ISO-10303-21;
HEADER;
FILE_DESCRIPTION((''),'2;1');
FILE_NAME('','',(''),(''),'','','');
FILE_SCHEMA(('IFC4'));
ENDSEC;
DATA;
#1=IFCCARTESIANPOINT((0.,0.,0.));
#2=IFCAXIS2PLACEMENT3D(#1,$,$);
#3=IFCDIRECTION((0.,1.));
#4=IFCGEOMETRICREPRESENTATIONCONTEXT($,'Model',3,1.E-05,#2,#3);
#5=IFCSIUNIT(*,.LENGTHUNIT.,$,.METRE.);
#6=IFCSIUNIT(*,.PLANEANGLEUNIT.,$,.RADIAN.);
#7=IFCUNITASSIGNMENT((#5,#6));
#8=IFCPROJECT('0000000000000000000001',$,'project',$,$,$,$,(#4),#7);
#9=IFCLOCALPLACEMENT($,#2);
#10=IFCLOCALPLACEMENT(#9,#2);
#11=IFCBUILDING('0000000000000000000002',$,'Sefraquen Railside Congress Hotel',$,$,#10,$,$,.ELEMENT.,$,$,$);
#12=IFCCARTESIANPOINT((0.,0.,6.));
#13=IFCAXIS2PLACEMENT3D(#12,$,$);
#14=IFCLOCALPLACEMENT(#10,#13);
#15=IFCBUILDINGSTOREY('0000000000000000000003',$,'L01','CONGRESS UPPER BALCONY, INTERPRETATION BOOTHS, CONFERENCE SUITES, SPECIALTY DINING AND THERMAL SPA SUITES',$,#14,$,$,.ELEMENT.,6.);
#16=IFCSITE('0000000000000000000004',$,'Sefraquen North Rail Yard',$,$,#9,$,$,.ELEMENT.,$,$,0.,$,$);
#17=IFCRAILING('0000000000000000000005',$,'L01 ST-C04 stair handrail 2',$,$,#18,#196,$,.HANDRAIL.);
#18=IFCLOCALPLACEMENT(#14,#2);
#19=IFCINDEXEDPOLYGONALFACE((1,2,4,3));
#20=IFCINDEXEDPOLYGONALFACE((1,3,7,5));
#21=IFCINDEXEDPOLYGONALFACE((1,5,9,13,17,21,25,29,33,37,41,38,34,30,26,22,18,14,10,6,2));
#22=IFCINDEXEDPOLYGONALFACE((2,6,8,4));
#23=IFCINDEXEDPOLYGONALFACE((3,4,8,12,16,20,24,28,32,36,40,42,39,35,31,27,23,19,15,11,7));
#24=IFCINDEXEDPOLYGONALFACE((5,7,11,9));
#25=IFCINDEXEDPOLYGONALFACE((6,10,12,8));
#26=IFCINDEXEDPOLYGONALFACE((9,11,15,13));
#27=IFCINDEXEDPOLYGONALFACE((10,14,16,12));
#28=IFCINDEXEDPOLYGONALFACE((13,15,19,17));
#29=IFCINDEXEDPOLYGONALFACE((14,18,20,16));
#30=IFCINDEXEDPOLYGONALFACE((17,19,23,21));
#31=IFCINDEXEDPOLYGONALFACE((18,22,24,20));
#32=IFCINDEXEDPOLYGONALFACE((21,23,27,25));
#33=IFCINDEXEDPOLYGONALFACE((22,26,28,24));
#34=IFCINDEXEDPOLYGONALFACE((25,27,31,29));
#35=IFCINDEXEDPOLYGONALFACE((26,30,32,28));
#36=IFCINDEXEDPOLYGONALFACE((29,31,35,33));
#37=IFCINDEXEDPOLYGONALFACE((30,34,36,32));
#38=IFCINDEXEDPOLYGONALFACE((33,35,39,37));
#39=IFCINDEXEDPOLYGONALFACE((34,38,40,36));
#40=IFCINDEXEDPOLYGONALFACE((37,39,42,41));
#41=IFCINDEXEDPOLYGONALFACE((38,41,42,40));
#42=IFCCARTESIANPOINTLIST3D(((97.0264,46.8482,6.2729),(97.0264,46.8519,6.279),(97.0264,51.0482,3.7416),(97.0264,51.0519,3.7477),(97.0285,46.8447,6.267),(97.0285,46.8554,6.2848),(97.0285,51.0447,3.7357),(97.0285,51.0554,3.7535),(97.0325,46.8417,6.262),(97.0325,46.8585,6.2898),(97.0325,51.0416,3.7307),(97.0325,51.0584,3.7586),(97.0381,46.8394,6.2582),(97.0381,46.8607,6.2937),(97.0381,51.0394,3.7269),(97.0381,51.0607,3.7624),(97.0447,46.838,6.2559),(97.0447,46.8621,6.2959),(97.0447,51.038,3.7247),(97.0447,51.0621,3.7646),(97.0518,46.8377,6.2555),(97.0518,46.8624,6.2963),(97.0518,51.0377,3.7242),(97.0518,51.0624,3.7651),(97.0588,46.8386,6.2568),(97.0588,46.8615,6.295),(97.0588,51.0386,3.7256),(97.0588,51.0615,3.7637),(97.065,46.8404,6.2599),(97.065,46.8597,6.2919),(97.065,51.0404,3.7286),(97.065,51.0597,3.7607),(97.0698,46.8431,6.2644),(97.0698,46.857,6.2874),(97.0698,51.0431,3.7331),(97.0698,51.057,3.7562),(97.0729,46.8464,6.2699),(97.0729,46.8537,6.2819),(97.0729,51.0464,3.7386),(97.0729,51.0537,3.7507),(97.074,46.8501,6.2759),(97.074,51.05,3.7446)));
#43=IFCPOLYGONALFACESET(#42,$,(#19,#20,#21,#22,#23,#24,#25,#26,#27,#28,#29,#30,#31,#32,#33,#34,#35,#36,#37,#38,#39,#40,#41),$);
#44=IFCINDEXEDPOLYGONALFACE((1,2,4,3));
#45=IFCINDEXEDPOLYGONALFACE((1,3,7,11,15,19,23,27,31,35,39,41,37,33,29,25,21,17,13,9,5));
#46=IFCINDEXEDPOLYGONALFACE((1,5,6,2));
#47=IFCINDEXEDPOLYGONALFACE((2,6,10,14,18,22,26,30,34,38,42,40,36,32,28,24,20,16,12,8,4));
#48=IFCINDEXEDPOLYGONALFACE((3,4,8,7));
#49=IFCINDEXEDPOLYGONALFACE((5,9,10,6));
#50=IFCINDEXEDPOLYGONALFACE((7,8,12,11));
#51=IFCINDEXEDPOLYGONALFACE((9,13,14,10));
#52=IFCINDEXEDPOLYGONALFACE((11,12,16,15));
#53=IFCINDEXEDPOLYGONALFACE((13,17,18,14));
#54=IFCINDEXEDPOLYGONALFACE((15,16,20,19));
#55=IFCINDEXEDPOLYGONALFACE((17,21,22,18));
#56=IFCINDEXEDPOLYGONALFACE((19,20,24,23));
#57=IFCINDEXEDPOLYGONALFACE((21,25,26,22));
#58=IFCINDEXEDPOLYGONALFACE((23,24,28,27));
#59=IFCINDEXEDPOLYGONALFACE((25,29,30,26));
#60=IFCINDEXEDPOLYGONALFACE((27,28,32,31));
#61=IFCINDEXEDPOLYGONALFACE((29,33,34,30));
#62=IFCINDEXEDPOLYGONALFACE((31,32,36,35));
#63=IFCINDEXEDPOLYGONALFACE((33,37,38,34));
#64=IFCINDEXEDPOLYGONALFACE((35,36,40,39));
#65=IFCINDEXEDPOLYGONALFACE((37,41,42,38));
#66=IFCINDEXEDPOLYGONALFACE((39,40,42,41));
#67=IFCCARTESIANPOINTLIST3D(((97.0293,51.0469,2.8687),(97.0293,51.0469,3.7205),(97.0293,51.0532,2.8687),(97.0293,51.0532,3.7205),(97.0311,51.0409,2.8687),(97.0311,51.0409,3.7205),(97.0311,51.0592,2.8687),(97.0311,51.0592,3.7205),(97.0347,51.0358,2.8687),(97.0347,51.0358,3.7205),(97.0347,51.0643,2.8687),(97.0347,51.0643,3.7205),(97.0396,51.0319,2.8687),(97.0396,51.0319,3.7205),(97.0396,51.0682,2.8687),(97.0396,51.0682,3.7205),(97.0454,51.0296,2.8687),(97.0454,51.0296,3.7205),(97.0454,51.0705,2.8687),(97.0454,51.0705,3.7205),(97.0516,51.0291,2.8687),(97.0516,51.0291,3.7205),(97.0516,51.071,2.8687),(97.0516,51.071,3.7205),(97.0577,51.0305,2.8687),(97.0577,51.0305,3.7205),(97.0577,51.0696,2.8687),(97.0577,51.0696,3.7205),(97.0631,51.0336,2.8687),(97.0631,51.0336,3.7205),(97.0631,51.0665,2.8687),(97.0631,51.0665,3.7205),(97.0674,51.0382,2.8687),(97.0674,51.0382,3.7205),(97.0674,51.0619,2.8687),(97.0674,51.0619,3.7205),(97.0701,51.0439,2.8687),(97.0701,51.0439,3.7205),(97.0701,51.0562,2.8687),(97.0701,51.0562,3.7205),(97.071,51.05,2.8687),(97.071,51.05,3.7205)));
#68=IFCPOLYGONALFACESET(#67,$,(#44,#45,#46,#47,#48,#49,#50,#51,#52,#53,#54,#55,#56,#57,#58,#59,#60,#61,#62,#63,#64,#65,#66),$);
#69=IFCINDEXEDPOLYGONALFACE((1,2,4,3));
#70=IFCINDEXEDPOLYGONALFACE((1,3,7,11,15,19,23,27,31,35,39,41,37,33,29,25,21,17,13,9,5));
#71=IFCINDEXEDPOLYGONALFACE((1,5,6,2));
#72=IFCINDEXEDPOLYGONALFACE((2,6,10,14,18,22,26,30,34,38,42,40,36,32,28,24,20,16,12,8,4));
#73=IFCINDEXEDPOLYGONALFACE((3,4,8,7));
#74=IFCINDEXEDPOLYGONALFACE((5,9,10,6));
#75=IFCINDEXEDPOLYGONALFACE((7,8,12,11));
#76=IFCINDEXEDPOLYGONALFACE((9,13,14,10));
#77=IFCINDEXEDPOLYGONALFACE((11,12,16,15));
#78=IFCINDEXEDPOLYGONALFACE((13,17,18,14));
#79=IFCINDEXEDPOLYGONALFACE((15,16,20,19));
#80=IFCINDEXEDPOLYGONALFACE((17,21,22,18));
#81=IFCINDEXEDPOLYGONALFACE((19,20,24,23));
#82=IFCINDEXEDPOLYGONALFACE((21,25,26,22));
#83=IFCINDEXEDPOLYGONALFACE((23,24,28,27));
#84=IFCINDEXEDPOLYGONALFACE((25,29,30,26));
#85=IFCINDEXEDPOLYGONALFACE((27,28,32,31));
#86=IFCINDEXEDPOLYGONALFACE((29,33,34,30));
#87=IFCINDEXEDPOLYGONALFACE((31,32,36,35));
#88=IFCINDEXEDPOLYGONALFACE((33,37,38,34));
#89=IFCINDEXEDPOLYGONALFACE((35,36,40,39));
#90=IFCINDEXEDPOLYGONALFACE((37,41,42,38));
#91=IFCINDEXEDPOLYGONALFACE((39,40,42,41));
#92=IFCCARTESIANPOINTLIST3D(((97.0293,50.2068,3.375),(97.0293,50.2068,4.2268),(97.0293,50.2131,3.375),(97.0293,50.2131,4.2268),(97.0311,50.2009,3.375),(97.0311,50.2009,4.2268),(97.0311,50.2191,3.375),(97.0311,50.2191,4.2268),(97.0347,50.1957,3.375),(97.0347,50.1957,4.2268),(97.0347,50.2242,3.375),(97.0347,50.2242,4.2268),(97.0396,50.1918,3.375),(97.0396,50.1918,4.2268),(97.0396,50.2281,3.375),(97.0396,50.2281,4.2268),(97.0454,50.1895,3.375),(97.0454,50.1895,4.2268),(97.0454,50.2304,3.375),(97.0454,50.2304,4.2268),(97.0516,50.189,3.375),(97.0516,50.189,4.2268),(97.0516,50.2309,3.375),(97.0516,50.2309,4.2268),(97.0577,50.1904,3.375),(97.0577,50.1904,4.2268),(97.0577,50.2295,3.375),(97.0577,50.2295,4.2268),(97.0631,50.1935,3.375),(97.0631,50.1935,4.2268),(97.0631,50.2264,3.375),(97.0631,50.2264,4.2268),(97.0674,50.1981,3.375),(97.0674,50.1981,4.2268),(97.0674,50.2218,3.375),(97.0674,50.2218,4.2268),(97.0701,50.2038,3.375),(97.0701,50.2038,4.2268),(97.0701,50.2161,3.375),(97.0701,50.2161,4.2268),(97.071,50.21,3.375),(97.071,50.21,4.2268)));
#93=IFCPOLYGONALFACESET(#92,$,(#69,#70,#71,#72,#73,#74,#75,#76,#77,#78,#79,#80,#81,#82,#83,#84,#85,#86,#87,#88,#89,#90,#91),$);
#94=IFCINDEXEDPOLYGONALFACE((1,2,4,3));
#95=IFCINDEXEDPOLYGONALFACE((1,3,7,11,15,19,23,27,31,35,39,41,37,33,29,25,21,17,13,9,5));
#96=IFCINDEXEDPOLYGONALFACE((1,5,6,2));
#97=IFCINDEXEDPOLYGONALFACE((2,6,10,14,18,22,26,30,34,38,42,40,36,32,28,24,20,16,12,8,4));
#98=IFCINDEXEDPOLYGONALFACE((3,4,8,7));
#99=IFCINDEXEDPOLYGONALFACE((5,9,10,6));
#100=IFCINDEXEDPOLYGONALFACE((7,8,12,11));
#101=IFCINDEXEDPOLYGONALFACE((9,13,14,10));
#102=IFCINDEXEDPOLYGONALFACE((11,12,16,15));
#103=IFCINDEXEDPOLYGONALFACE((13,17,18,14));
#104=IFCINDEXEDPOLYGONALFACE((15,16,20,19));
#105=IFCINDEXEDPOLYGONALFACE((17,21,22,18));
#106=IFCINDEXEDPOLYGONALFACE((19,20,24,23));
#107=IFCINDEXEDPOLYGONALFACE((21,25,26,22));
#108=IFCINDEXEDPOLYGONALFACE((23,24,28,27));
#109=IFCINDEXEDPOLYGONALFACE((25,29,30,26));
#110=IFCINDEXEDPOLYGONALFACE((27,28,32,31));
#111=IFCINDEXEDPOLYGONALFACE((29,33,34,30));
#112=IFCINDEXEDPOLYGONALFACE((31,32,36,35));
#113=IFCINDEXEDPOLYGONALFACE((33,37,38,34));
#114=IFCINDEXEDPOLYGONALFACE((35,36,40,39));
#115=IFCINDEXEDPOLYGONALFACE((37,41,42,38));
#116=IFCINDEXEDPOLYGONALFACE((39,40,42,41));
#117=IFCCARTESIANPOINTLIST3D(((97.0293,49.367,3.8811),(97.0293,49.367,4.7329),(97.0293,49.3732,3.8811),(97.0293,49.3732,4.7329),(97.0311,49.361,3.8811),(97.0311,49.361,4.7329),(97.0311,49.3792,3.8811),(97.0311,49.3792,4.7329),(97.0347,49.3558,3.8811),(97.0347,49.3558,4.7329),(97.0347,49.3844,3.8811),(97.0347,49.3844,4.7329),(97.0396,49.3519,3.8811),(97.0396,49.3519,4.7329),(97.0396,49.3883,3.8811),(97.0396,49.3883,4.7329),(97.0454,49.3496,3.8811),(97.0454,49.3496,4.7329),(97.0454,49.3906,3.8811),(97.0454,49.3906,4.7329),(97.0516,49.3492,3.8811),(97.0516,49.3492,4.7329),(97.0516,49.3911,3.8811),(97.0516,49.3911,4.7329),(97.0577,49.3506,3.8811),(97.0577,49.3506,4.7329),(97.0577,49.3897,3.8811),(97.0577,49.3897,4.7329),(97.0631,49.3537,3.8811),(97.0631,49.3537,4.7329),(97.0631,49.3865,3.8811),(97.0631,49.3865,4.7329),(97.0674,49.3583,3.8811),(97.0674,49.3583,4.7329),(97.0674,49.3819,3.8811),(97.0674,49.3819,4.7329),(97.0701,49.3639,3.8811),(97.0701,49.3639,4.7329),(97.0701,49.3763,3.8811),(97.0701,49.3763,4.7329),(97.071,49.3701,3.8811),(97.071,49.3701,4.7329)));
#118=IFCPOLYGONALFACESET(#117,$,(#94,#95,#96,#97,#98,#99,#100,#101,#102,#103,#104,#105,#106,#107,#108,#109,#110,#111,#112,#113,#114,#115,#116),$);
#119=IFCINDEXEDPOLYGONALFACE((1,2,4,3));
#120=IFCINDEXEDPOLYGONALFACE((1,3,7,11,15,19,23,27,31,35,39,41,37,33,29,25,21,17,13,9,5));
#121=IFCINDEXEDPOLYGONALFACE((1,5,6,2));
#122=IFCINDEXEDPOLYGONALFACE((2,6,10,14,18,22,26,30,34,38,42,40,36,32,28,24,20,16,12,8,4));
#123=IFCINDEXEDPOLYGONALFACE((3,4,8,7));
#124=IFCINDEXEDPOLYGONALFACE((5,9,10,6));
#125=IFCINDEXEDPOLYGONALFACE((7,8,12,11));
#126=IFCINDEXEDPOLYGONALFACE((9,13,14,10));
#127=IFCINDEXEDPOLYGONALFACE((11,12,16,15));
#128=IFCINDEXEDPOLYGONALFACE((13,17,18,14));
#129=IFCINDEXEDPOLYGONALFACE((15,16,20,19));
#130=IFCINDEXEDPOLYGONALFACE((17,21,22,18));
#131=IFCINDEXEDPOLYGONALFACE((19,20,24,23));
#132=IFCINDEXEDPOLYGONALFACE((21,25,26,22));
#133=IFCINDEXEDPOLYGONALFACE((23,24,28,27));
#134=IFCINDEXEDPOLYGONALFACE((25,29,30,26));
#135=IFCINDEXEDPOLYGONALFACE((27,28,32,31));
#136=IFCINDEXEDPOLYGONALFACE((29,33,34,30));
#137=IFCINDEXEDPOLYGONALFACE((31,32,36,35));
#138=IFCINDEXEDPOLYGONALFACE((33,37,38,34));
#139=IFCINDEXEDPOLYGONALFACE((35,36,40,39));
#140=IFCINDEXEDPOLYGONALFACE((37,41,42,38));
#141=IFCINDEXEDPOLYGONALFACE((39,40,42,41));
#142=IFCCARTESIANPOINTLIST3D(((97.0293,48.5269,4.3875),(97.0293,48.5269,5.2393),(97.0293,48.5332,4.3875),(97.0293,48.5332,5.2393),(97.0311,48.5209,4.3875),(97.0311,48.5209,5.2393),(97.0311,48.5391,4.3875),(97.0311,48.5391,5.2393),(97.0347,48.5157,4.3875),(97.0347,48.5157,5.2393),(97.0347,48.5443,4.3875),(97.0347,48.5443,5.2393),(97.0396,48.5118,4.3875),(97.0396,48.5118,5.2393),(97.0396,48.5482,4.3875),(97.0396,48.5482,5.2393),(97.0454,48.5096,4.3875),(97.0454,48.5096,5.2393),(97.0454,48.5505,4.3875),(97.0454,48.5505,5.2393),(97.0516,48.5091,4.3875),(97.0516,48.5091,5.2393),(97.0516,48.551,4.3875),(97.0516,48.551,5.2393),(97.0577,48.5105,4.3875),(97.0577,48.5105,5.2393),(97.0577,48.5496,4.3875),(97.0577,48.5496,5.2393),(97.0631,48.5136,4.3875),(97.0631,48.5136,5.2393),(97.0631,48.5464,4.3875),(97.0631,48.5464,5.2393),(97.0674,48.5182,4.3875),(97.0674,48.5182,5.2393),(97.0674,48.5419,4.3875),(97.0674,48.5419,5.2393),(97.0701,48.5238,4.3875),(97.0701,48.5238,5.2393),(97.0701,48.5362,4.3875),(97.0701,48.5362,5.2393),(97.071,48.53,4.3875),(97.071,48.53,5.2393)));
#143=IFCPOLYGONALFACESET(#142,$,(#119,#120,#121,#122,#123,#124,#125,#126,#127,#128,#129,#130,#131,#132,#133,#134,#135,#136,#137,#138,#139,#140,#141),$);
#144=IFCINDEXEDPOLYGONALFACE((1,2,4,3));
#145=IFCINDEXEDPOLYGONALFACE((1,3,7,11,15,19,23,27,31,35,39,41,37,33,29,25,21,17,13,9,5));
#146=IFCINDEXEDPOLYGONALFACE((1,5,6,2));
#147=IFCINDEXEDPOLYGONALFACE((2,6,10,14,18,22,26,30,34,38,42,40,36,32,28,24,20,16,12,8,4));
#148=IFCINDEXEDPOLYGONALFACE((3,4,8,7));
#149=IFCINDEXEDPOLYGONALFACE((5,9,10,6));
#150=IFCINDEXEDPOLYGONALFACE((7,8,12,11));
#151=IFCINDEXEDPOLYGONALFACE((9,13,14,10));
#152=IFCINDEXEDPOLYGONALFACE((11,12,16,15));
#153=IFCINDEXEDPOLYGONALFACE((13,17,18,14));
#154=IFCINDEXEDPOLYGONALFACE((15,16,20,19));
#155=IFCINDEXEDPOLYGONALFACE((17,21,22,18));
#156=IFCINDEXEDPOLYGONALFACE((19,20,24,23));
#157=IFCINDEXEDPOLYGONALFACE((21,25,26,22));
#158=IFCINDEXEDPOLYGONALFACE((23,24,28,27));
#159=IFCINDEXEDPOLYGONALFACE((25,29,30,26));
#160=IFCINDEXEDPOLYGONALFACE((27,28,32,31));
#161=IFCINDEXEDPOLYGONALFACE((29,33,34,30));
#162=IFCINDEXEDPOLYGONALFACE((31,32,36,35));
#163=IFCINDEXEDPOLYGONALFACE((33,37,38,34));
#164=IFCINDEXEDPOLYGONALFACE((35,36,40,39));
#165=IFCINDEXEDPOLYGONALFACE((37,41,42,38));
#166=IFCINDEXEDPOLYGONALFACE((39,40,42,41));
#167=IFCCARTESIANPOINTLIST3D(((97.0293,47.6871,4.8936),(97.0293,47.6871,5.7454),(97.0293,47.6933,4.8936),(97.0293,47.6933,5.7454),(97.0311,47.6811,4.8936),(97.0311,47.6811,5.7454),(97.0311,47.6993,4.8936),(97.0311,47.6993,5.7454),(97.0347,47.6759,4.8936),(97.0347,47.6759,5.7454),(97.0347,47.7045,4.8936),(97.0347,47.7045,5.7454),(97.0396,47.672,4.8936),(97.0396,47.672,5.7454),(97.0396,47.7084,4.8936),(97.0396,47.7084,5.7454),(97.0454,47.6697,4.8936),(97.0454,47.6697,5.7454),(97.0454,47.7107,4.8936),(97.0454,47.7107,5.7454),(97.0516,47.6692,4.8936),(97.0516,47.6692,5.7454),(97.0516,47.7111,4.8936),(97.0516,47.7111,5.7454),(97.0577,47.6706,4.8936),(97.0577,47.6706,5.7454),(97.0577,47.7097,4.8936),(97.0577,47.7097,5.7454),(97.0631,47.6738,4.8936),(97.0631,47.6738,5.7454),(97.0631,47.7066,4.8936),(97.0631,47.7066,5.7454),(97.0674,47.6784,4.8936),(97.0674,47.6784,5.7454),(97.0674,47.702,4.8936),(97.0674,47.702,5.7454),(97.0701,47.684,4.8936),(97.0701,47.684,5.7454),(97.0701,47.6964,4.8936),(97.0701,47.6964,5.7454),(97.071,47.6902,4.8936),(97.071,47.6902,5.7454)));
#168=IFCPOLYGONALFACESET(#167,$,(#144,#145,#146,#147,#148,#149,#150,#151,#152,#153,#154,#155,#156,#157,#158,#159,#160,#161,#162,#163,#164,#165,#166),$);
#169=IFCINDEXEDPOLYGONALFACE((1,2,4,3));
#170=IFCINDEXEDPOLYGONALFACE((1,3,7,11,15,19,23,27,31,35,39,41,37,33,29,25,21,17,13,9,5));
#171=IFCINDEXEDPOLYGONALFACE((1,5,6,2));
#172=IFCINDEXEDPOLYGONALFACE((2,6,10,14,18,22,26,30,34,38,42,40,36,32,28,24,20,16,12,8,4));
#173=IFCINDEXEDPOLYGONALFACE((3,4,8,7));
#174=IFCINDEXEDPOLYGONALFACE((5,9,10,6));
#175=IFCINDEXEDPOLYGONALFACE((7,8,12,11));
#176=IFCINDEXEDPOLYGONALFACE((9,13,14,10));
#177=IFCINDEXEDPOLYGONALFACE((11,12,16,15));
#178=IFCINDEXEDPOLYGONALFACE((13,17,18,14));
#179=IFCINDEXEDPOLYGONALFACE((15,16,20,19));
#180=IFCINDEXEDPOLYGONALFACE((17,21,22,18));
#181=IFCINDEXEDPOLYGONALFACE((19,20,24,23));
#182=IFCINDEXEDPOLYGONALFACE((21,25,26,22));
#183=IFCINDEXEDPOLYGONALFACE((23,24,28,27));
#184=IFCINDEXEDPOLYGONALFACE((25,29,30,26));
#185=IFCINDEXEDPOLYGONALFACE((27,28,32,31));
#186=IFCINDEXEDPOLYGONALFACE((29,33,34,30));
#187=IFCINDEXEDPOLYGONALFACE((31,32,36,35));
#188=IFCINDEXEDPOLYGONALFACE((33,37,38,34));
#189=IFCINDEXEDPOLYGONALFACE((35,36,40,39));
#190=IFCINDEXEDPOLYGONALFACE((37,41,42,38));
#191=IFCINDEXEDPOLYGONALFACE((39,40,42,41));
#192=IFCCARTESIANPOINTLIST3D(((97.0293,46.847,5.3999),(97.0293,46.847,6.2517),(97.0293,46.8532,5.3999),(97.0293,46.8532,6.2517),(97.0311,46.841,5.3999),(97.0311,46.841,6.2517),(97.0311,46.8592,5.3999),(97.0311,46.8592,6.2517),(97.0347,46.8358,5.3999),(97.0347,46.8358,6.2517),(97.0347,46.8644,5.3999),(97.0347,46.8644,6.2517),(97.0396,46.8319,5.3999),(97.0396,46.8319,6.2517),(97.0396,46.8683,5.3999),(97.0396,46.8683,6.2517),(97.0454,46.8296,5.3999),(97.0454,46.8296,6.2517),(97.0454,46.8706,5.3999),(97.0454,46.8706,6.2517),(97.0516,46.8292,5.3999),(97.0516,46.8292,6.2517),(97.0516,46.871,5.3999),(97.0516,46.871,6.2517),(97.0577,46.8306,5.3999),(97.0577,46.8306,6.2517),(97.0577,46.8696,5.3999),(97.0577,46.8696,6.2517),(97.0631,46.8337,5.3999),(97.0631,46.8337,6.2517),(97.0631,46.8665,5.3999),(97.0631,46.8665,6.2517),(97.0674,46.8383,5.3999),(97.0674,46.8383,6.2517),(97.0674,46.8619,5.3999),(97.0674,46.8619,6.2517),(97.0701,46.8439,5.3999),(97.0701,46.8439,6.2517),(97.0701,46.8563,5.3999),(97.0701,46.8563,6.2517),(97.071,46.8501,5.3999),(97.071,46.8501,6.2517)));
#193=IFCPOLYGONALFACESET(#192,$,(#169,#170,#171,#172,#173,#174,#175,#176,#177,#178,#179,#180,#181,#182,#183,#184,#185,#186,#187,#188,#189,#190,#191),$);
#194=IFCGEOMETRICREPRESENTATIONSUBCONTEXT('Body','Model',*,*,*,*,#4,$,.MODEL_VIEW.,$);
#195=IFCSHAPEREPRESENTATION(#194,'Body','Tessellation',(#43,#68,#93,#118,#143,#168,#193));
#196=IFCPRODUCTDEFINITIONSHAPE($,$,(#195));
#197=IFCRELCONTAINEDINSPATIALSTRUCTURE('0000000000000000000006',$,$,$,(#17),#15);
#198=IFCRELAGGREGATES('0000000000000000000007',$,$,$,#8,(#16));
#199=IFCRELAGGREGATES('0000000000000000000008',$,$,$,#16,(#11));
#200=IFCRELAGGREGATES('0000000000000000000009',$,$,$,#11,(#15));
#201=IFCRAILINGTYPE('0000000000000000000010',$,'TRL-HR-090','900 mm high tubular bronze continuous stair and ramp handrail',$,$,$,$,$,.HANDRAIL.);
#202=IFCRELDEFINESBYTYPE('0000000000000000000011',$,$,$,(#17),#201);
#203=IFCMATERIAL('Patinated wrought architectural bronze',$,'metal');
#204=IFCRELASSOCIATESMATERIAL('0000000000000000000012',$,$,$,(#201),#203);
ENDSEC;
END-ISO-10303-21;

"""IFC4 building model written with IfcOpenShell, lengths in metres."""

from ifc_helpers import new_model, si_unit, direction, frame, origin, origin_2d, place, context, subcontext, project, spatial, circle, extrude, material, type_object, element, save


model = new_model("IFC4")

# Units and contexts
model_context = context("Model", 3, precision=1e-05, world=origin(), true_north=direction((0.0, 1.0)))
body_context = subcontext(model_context, "Body", "Model", "MODEL_VIEW")
ifc_project = project(units=[si_unit("LENGTHUNIT", "METRE"), si_unit("PLANEANGLEUNIT", "RADIAN")], contexts=[model_context])

# Site, building, storey
site_placement = place(None, origin())
site = spatial("IfcSite", under=ifc_project, at=site_placement, Name="Sefraquen North Rail Yard", CompositionType="ELEMENT", RefElevation=0.0)
building_placement = place(site_placement, origin())
building = spatial("IfcBuilding", under=site, at=building_placement, Name="Sefraquen Railside Congress Hotel", CompositionType="ELEMENT")
storey_placement = place(building_placement, frame((0.0, 0.0, 6.0)))
storey = spatial("IfcBuildingStorey", under=building, at=storey_placement, Name="L01", Description="CONGRESS UPPER BALCONY, INTERPRETATION BOOTHS, CONFERENCE SUITES, SPECIALTY DINING AND THERMAL SPA SUITES", CompositionType="ELEMENT", Elevation=6.0)

# Railing
ifc_material_1 = material(Name="Patinated wrought architectural bronze", Category="metal")
railing_type_1 = type_object("IfcRailingType", Name="TRL-HR-090", Description="900 mm high tubular bronze continuous stair and ramp handrail", PredefinedType="HANDRAIL", material=ifc_material_1)
railing_1_placement = place(storey_placement, frame((97.05, 51.05, 2.8687)))
element("IfcRailing", 1, at=railing_1_placement, inside=storey, type_object=railing_type_1, Name="L01 ST-C04 stair handrail 2", PredefinedType="HANDRAIL", context=body_context, shape_type="SweptSolid", body=[
    extrude(circle(Radius=0.0239, at=origin_2d()), frame((0.0, 0.0, 0.876), z_axis=(0.0, -0.856476, 0.516186), x_axis=(1.0, 0.0, 0.0)), (0.0, 0.0, 1.0), 4.9038),
    extrude(circle(Radius=0.021, at=origin_2d()), origin(), (0.0, 0.0, 1.0), 0.8518),
    extrude(circle(Radius=0.021, at=origin_2d()), frame((0.0, -0.8401, 0.5063)), (0.0, 0.0, 1.0), 0.8518),
    extrude(circle(Radius=0.021, at=origin_2d()), frame((0.0, -1.6799, 1.0125)), (0.0, 0.0, 1.0), 0.8518),
    extrude(circle(Radius=0.021, at=origin_2d()), frame((0.0, -2.52, 1.5188)), (0.0, 0.0, 1.0), 0.8518),
    extrude(circle(Radius=0.021, at=origin_2d()), frame((0.0, -3.3599, 2.0249)), (0.0, 0.0, 1.0), 0.8518),
    extrude(circle(Radius=0.021, at=origin_2d()), frame((0.0, -4.2, 2.5312)), (0.0, 0.0, 1.0), 0.8518),
])

save(model, "model.ifc")
